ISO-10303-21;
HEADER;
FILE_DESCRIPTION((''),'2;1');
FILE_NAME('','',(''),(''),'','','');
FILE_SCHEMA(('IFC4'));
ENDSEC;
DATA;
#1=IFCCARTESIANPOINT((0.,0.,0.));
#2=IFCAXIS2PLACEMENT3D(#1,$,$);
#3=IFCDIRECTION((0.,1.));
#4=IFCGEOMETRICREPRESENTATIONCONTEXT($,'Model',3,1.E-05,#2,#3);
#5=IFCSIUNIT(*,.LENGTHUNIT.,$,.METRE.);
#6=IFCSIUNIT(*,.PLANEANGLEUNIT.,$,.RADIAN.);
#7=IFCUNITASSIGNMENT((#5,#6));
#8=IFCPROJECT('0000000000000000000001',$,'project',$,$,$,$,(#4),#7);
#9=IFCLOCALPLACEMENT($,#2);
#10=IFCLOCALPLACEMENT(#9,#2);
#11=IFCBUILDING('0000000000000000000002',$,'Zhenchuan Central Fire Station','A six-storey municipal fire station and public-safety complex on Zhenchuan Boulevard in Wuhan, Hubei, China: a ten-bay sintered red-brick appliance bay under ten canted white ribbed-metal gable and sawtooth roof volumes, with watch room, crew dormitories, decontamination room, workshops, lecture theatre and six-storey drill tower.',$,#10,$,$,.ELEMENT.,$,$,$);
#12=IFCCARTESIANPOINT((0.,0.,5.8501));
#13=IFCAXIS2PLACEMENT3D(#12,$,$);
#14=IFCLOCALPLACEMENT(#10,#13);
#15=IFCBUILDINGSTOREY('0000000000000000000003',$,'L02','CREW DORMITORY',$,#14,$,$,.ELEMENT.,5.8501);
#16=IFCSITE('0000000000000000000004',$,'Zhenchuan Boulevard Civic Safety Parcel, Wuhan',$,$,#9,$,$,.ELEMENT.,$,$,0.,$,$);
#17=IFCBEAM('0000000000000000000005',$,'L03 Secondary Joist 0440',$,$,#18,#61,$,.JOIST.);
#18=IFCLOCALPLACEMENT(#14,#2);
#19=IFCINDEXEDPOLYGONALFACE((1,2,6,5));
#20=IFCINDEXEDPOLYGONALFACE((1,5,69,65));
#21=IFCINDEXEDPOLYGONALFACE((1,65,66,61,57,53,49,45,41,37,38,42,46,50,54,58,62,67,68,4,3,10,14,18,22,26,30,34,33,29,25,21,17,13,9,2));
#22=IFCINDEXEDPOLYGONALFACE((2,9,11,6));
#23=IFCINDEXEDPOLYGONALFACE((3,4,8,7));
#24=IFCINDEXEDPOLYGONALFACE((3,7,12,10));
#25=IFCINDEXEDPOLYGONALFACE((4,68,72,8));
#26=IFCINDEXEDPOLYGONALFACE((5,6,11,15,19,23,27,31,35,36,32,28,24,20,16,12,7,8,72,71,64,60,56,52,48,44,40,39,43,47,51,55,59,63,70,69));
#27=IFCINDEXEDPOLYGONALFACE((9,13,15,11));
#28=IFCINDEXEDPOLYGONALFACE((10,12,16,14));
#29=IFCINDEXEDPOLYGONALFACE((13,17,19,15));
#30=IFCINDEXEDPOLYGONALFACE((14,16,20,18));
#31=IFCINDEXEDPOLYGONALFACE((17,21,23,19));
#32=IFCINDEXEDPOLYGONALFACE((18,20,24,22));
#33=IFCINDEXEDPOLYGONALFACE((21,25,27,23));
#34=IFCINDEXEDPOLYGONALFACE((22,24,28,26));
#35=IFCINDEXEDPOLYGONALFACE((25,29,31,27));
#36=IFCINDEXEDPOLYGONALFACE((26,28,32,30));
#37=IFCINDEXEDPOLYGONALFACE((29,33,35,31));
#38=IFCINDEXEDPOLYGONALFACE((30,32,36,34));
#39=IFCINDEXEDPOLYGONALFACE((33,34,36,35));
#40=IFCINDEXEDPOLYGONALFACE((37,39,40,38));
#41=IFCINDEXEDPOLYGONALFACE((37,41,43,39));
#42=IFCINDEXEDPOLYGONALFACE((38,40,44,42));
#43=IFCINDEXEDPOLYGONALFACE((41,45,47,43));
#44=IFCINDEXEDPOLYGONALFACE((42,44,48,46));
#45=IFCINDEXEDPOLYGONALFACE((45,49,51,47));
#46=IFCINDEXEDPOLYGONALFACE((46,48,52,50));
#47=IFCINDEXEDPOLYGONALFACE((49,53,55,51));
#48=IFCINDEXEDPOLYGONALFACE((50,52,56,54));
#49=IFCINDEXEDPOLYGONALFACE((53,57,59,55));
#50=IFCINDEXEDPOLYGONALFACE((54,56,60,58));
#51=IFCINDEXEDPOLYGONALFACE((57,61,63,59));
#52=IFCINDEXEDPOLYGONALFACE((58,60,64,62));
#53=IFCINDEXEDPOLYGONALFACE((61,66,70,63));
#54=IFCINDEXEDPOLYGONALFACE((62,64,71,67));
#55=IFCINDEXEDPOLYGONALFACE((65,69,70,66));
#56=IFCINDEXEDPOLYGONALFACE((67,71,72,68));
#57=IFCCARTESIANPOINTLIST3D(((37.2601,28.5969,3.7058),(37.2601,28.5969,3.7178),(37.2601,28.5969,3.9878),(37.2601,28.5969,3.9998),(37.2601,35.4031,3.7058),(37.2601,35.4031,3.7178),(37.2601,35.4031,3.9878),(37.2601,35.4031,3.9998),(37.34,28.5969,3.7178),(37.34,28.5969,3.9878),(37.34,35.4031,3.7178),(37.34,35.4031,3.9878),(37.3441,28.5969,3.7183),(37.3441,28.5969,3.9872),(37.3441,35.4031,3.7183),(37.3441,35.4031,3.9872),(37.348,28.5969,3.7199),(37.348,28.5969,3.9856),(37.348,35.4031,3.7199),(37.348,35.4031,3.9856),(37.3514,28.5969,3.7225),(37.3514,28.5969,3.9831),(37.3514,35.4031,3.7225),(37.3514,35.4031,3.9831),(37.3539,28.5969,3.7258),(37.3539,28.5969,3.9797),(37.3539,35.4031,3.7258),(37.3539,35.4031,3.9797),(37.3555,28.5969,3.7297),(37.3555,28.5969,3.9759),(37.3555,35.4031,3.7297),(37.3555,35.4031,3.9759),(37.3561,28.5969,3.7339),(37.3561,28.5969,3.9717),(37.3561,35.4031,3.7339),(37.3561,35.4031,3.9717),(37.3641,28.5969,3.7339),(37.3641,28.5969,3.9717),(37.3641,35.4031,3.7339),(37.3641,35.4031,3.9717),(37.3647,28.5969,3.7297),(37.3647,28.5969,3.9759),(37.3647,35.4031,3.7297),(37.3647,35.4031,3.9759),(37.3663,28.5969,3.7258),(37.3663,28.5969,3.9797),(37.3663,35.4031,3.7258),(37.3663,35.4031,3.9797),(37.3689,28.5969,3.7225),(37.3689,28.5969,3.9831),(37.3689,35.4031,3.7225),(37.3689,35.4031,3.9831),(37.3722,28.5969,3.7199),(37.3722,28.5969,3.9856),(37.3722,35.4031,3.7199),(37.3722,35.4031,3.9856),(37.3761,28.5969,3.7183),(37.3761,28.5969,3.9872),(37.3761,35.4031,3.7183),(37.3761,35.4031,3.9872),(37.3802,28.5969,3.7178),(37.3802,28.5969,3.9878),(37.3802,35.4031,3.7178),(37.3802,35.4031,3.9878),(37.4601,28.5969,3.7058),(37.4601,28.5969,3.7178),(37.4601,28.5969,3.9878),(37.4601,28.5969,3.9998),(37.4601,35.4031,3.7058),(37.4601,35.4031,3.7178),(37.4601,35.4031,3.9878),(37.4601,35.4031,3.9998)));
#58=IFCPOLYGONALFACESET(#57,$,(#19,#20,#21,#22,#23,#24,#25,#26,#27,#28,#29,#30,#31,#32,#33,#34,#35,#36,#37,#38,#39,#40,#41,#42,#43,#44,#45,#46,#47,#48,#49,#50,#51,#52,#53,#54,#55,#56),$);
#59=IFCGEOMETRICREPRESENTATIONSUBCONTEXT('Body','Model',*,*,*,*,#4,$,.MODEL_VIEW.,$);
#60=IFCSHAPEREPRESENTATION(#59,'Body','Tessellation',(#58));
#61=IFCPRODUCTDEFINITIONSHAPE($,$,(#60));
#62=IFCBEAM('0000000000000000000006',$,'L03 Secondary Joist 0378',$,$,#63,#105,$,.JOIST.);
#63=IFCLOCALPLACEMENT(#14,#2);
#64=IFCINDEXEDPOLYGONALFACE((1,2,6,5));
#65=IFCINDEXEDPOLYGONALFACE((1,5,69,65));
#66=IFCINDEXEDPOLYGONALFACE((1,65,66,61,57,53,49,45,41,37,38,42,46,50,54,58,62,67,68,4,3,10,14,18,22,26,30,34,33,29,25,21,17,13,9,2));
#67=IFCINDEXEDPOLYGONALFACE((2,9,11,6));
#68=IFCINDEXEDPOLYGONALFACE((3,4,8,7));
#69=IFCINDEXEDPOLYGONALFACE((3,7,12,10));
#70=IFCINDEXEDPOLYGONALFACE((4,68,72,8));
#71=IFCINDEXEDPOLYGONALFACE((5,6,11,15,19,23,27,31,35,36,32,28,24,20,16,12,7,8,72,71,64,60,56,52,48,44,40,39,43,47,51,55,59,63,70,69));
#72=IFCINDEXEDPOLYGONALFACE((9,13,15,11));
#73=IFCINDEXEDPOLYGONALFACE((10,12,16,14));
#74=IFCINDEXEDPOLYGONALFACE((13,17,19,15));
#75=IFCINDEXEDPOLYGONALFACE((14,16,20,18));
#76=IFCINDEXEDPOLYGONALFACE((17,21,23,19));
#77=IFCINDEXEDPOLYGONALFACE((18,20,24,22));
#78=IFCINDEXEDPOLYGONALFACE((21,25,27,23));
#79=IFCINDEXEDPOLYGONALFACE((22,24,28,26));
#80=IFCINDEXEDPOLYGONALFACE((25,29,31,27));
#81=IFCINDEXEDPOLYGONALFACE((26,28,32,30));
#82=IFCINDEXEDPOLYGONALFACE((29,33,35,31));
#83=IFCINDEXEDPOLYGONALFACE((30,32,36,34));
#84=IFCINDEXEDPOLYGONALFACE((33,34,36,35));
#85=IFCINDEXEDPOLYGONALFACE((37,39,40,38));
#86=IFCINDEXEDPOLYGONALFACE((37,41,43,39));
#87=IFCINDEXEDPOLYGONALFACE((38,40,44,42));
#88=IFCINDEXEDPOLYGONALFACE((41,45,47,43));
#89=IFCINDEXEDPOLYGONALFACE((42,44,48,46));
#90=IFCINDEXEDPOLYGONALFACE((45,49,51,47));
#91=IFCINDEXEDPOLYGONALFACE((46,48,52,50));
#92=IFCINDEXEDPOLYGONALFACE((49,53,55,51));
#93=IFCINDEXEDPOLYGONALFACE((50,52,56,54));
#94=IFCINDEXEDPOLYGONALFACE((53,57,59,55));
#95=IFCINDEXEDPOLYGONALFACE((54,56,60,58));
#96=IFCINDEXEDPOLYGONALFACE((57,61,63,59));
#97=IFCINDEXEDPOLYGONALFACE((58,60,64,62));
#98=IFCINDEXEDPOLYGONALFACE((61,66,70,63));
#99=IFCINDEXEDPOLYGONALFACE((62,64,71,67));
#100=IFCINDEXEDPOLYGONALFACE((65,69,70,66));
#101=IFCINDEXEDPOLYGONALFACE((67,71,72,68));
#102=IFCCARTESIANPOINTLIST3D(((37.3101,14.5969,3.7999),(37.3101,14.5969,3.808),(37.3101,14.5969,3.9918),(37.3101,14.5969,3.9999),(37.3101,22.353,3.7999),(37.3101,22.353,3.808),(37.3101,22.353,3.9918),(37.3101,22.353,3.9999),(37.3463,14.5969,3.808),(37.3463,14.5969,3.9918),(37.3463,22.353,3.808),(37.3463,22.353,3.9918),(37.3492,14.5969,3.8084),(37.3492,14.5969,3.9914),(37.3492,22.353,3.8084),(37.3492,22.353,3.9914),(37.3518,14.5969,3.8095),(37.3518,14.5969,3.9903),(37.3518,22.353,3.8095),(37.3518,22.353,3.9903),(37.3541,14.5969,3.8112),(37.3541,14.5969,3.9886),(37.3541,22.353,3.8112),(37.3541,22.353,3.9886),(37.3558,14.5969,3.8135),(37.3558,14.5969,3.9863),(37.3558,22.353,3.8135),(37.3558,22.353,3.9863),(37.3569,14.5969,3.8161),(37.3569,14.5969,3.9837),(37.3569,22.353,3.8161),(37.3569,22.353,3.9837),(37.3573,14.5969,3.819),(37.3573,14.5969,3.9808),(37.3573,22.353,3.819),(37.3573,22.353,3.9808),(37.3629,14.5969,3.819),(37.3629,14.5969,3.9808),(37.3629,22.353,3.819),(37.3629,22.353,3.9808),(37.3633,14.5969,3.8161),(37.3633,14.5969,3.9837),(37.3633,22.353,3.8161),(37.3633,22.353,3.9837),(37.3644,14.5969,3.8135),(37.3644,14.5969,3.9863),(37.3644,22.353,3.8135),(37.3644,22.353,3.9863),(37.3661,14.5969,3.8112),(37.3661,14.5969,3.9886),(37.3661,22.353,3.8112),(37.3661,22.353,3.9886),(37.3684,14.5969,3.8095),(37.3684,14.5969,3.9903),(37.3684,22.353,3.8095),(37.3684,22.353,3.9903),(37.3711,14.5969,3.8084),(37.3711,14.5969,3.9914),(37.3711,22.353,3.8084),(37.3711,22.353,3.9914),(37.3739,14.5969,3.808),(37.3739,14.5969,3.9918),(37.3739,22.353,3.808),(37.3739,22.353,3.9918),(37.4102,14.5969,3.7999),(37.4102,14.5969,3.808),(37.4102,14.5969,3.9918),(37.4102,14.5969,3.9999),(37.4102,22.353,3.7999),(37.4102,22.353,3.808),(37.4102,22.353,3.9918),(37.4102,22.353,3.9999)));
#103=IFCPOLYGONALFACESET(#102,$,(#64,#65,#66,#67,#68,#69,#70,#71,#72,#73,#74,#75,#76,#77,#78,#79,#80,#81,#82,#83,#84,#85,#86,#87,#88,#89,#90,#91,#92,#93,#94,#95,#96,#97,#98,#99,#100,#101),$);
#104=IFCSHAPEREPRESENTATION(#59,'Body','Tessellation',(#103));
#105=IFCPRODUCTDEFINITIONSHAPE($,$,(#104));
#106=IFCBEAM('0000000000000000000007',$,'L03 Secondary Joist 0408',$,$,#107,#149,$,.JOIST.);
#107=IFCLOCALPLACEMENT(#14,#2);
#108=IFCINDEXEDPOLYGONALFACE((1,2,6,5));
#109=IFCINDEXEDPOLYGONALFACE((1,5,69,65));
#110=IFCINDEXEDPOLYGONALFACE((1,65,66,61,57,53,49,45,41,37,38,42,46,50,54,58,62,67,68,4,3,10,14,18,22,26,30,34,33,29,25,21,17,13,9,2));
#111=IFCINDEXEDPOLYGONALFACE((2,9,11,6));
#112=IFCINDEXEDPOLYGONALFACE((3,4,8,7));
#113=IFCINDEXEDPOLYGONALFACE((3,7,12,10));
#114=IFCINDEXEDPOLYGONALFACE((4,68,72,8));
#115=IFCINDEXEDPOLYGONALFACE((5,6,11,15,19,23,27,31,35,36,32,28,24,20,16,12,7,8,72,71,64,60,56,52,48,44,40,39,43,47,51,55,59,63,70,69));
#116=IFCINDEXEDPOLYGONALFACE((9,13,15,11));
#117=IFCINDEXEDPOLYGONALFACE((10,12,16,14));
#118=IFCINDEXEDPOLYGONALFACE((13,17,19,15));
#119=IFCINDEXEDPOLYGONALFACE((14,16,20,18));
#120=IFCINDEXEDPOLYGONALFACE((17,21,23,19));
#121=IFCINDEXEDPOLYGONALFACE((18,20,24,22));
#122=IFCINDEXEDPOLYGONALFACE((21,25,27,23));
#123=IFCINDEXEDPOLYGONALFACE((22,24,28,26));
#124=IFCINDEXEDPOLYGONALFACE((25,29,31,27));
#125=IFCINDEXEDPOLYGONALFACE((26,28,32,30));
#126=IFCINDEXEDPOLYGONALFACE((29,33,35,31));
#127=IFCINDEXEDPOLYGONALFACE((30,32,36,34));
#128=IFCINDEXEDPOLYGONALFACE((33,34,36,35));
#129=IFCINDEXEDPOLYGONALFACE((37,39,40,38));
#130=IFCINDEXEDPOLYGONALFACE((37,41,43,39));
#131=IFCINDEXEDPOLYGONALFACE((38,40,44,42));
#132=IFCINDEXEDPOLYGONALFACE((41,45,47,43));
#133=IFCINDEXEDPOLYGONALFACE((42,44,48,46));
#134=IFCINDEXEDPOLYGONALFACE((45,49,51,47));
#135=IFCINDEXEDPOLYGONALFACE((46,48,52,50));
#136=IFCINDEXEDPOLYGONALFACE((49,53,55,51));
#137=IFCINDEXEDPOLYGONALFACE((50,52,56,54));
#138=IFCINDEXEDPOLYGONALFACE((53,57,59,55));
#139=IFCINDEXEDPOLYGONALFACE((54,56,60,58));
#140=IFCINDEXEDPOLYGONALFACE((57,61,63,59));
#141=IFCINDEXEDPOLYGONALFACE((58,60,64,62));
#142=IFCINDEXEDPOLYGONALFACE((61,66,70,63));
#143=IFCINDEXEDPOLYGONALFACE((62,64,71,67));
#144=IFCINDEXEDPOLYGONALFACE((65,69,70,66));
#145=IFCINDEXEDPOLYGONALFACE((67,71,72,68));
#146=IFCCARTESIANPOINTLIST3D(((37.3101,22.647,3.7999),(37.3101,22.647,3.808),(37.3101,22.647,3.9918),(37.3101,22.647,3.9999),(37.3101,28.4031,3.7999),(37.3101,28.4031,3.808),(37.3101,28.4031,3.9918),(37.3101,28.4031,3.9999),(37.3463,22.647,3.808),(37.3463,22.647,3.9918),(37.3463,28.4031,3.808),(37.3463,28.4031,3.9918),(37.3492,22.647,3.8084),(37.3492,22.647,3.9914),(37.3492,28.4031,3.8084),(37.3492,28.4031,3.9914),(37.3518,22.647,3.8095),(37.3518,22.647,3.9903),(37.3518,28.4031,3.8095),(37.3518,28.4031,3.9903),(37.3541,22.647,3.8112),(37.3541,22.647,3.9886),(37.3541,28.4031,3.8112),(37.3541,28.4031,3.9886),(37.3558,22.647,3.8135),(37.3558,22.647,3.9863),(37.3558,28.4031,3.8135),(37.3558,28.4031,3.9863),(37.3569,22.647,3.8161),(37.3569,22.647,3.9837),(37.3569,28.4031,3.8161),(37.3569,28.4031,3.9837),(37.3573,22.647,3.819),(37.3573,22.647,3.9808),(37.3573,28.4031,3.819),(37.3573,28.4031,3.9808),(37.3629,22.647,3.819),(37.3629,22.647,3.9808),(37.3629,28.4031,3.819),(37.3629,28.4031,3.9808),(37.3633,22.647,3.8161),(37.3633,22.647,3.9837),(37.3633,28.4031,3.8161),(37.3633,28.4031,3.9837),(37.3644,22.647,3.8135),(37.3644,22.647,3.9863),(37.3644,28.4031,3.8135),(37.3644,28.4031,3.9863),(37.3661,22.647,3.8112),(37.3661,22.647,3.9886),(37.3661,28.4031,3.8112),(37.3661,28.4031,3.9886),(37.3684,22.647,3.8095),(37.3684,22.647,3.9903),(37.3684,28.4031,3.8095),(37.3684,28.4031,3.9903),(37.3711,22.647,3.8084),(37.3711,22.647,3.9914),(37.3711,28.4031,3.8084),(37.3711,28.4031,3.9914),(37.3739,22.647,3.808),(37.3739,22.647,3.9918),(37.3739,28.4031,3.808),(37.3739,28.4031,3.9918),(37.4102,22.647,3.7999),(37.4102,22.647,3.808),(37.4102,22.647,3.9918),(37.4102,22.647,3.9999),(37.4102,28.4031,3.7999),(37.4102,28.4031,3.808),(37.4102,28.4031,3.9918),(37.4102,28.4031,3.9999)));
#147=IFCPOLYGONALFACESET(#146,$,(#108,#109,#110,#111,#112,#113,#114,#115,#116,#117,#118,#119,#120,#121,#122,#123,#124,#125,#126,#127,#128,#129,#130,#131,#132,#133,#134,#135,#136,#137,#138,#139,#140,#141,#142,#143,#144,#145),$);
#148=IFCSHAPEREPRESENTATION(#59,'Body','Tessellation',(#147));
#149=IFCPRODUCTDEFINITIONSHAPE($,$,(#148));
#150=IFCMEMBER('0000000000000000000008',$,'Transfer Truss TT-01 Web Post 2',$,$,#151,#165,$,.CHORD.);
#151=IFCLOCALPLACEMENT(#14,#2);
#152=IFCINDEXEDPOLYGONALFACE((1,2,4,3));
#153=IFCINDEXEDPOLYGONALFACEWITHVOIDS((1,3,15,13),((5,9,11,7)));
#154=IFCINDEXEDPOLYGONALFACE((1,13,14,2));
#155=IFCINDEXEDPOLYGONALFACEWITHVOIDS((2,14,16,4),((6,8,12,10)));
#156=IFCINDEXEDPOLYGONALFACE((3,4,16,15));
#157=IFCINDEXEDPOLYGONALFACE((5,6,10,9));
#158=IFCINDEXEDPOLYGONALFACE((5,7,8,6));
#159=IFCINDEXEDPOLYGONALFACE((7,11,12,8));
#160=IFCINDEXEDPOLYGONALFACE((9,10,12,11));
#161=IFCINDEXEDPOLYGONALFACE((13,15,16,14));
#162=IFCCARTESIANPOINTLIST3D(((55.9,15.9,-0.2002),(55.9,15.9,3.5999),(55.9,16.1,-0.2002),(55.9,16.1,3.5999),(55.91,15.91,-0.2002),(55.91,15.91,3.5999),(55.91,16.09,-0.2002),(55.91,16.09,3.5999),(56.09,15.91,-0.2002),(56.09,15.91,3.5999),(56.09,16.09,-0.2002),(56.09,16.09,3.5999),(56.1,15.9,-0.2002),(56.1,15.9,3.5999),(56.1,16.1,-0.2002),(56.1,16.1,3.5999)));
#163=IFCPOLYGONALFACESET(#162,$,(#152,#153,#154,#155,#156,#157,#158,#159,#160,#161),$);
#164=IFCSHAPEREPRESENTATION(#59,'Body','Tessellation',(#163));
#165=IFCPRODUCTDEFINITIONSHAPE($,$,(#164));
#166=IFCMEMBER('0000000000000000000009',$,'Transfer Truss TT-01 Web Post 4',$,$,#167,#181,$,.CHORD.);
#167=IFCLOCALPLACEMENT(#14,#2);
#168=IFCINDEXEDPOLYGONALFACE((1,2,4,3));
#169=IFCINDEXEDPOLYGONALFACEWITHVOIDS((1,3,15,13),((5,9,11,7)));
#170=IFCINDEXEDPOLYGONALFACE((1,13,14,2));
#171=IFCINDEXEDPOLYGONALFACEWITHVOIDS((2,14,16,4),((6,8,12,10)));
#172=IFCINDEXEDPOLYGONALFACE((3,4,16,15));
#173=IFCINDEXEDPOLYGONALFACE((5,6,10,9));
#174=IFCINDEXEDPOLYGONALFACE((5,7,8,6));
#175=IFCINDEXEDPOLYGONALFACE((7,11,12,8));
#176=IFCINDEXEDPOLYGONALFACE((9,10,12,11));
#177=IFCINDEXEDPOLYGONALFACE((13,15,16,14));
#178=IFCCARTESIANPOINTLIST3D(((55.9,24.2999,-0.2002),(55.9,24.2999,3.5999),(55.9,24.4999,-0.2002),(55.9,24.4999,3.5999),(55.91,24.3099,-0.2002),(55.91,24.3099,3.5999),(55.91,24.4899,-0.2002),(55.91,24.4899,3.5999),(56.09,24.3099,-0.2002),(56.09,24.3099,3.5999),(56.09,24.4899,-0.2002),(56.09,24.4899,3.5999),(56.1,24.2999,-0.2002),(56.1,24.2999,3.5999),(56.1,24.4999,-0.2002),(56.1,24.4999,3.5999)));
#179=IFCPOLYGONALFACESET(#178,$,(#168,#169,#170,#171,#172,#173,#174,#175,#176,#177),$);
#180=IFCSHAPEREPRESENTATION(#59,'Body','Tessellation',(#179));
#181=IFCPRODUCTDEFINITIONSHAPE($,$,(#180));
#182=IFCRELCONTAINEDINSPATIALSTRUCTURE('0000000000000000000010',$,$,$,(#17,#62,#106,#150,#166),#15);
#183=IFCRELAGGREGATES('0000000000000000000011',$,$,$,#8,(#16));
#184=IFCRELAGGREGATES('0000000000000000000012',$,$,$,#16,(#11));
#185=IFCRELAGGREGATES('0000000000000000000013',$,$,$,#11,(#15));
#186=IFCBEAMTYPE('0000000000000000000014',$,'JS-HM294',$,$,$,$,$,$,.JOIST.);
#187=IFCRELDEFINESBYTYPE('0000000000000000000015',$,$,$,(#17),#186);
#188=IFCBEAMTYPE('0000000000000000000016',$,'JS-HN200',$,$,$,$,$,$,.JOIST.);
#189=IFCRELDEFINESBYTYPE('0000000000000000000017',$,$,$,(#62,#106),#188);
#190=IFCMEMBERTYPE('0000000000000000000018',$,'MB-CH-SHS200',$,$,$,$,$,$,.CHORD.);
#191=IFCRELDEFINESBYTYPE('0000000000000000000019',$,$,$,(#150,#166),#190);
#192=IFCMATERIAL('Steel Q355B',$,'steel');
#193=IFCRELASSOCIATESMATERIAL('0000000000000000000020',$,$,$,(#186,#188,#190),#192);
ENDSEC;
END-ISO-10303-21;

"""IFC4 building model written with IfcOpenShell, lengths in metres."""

from ifc_helpers import new_model, si_unit, direction, frame, origin, origin_2d, place, context, subcontext, project, spatial, hollow_rectangle, i_section, extrude, material, material_profile, profile_set, type_object, element, save


model = new_model("IFC4")

# Units and contexts
model_context = context("Model", 3, precision=1e-05, world=origin(), true_north=direction((0.0, 1.0)))
body_context = subcontext(model_context, "Body", "Model", "MODEL_VIEW")
ifc_project = project(units=[si_unit("LENGTHUNIT", "METRE"), si_unit("PLANEANGLEUNIT", "RADIAN")], contexts=[model_context])

# Site, building, storey
site_placement = place(None, origin())
site = spatial("IfcSite", under=ifc_project, at=site_placement, Name="Zhenchuan Boulevard Civic Safety Parcel, Wuhan", CompositionType="ELEMENT", RefElevation=0.0)
building_placement = place(site_placement, origin())
building = spatial("IfcBuilding", under=site, at=building_placement, Name="Zhenchuan Central Fire Station", Description="A six-storey municipal fire station and public-safety complex on Zhenchuan Boulevard in Wuhan, Hubei, China: a ten-bay sintered red-brick appliance bay under ten canted white ribbed-metal gable and sawtooth roof volumes, with watch room, crew dormitories, decontamination room, workshops, lecture theatre and six-storey drill tower.", CompositionType="ELEMENT")
storey_placement = place(building_placement, frame((0.0, 0.0, 5.8501)))
storey = spatial("IfcBuildingStorey", under=building, at=storey_placement, Name="L02", Description="CREW DORMITORY", CompositionType="ELEMENT", Elevation=5.8501)

# Shared definitions
ifc_material_1 = material(Name="Steel Q355B", Category="steel")

# Beams
ifc_material_profile_1 = material_profile(ifc_material_1, i_section(OverallWidth=0.2, OverallDepth=0.2939, WebThickness=0.0081, FlangeThickness=0.012, FilletRadius=0.0161, at=origin_2d()), Name="HM 294x200")
ifc_profile_set_1 = profile_set([ifc_material_profile_1], Name="Steel Q355B")
beam_type_1 = type_object("IfcBeamType", Name="JS-HM294", PredefinedType="JOIST", material=ifc_profile_set_1)
beam_1_placement = place(storey_placement, frame((37.3601, 28.5969, 3.8528), z_axis=(0.0, 1.0, 0.0), x_axis=(-1.0, 0.0, 0.0)))
element("IfcBeam", 1, at=beam_1_placement, inside=storey, type_object=beam_type_1, Name="L03 Secondary Joist 0440", PredefinedType="JOIST", context=body_context, shape_type="SweptSolid", body=[
    extrude(i_section(OverallWidth=0.2, OverallDepth=0.2939, WebThickness=0.0081, FlangeThickness=0.012, FilletRadius=0.0161, at=origin_2d()), origin(), (0.0, 0.0, 1.0), 6.8062),
])
ifc_material_profile_2 = material_profile(ifc_material_1, i_section(OverallWidth=0.1001, OverallDepth=0.2, WebThickness=0.0056, FlangeThickness=0.0081, FilletRadius=0.011, at=origin_2d()), Name="HN 200x100")
ifc_profile_set_2 = profile_set([ifc_material_profile_2], Name="Steel Q355B")
beam_type_2 = type_object("IfcBeamType", Name="JS-HN200", PredefinedType="JOIST", material=ifc_profile_set_2)
beam_2_placement = place(storey_placement, frame((37.3601, 14.5969, 3.8999), z_axis=(0.0, 1.0, 0.0), x_axis=(-1.0, 0.0, 0.0)))
element("IfcBeam", 2, at=beam_2_placement, inside=storey, type_object=beam_type_2, Name="L03 Secondary Joist 0378", PredefinedType="JOIST", context=body_context, shape_type="SweptSolid", body=[
    extrude(i_section(OverallWidth=0.1001, OverallDepth=0.2, WebThickness=0.0056, FlangeThickness=0.0081, FilletRadius=0.011, at=origin_2d()), origin(), (0.0, 0.0, 1.0), 7.7561),
])
beam_3_placement = place(storey_placement, frame((37.3601, 22.647, 3.8999), z_axis=(0.0, 1.0, 0.0), x_axis=(-1.0, 0.0, 0.0)))
element("IfcBeam", 3, at=beam_3_placement, inside=storey, type_object=beam_type_2, Name="L03 Secondary Joist 0408", PredefinedType="JOIST", context=body_context, shape_type="SweptSolid", body=[
    extrude(i_section(OverallWidth=0.1001, OverallDepth=0.2, WebThickness=0.0056, FlangeThickness=0.0081, FilletRadius=0.011, at=origin_2d()), origin(), (0.0, 0.0, 1.0), 5.7561),
])

# Members
ifc_material_profile_3 = material_profile(ifc_material_1, hollow_rectangle(XDim=0.2, YDim=0.2, WallThickness=0.01, at=origin_2d()), Name="SHS 200x200x10")
ifc_profile_set_3 = profile_set([ifc_material_profile_3], Name="Steel Q355B")
member_type_1 = type_object("IfcMemberType", Name="MB-CH-SHS200", PredefinedType="CHORD", material=ifc_profile_set_3)
for number, where, z_axis, x_axis, name in (
    (4, (56.0, 16.0, -0.2002), (0.0, 0.0, 1.0), (1.0, 0.0, 0.0), "Transfer Truss TT-01 Web Post 2"),
    (5, (56.0, 24.3999, -0.2002), (0.0, 0.0, 1.0), (1.0, 0.0, 0.0), "Transfer Truss TT-01 Web Post 4"),
):
    element("IfcMember", number, at=place(storey_placement, frame(where, z_axis=z_axis, x_axis=x_axis)), inside=storey, type_object=member_type_1, Name=name, PredefinedType="CHORD", context=body_context, shape_type="SweptSolid", body=[
        extrude(hollow_rectangle(XDim=0.2, YDim=0.2, WallThickness=0.01, at=origin_2d()), origin(), (0.0, 0.0, 1.0), 3.8),
    ])

save(model, "model.ifc")
